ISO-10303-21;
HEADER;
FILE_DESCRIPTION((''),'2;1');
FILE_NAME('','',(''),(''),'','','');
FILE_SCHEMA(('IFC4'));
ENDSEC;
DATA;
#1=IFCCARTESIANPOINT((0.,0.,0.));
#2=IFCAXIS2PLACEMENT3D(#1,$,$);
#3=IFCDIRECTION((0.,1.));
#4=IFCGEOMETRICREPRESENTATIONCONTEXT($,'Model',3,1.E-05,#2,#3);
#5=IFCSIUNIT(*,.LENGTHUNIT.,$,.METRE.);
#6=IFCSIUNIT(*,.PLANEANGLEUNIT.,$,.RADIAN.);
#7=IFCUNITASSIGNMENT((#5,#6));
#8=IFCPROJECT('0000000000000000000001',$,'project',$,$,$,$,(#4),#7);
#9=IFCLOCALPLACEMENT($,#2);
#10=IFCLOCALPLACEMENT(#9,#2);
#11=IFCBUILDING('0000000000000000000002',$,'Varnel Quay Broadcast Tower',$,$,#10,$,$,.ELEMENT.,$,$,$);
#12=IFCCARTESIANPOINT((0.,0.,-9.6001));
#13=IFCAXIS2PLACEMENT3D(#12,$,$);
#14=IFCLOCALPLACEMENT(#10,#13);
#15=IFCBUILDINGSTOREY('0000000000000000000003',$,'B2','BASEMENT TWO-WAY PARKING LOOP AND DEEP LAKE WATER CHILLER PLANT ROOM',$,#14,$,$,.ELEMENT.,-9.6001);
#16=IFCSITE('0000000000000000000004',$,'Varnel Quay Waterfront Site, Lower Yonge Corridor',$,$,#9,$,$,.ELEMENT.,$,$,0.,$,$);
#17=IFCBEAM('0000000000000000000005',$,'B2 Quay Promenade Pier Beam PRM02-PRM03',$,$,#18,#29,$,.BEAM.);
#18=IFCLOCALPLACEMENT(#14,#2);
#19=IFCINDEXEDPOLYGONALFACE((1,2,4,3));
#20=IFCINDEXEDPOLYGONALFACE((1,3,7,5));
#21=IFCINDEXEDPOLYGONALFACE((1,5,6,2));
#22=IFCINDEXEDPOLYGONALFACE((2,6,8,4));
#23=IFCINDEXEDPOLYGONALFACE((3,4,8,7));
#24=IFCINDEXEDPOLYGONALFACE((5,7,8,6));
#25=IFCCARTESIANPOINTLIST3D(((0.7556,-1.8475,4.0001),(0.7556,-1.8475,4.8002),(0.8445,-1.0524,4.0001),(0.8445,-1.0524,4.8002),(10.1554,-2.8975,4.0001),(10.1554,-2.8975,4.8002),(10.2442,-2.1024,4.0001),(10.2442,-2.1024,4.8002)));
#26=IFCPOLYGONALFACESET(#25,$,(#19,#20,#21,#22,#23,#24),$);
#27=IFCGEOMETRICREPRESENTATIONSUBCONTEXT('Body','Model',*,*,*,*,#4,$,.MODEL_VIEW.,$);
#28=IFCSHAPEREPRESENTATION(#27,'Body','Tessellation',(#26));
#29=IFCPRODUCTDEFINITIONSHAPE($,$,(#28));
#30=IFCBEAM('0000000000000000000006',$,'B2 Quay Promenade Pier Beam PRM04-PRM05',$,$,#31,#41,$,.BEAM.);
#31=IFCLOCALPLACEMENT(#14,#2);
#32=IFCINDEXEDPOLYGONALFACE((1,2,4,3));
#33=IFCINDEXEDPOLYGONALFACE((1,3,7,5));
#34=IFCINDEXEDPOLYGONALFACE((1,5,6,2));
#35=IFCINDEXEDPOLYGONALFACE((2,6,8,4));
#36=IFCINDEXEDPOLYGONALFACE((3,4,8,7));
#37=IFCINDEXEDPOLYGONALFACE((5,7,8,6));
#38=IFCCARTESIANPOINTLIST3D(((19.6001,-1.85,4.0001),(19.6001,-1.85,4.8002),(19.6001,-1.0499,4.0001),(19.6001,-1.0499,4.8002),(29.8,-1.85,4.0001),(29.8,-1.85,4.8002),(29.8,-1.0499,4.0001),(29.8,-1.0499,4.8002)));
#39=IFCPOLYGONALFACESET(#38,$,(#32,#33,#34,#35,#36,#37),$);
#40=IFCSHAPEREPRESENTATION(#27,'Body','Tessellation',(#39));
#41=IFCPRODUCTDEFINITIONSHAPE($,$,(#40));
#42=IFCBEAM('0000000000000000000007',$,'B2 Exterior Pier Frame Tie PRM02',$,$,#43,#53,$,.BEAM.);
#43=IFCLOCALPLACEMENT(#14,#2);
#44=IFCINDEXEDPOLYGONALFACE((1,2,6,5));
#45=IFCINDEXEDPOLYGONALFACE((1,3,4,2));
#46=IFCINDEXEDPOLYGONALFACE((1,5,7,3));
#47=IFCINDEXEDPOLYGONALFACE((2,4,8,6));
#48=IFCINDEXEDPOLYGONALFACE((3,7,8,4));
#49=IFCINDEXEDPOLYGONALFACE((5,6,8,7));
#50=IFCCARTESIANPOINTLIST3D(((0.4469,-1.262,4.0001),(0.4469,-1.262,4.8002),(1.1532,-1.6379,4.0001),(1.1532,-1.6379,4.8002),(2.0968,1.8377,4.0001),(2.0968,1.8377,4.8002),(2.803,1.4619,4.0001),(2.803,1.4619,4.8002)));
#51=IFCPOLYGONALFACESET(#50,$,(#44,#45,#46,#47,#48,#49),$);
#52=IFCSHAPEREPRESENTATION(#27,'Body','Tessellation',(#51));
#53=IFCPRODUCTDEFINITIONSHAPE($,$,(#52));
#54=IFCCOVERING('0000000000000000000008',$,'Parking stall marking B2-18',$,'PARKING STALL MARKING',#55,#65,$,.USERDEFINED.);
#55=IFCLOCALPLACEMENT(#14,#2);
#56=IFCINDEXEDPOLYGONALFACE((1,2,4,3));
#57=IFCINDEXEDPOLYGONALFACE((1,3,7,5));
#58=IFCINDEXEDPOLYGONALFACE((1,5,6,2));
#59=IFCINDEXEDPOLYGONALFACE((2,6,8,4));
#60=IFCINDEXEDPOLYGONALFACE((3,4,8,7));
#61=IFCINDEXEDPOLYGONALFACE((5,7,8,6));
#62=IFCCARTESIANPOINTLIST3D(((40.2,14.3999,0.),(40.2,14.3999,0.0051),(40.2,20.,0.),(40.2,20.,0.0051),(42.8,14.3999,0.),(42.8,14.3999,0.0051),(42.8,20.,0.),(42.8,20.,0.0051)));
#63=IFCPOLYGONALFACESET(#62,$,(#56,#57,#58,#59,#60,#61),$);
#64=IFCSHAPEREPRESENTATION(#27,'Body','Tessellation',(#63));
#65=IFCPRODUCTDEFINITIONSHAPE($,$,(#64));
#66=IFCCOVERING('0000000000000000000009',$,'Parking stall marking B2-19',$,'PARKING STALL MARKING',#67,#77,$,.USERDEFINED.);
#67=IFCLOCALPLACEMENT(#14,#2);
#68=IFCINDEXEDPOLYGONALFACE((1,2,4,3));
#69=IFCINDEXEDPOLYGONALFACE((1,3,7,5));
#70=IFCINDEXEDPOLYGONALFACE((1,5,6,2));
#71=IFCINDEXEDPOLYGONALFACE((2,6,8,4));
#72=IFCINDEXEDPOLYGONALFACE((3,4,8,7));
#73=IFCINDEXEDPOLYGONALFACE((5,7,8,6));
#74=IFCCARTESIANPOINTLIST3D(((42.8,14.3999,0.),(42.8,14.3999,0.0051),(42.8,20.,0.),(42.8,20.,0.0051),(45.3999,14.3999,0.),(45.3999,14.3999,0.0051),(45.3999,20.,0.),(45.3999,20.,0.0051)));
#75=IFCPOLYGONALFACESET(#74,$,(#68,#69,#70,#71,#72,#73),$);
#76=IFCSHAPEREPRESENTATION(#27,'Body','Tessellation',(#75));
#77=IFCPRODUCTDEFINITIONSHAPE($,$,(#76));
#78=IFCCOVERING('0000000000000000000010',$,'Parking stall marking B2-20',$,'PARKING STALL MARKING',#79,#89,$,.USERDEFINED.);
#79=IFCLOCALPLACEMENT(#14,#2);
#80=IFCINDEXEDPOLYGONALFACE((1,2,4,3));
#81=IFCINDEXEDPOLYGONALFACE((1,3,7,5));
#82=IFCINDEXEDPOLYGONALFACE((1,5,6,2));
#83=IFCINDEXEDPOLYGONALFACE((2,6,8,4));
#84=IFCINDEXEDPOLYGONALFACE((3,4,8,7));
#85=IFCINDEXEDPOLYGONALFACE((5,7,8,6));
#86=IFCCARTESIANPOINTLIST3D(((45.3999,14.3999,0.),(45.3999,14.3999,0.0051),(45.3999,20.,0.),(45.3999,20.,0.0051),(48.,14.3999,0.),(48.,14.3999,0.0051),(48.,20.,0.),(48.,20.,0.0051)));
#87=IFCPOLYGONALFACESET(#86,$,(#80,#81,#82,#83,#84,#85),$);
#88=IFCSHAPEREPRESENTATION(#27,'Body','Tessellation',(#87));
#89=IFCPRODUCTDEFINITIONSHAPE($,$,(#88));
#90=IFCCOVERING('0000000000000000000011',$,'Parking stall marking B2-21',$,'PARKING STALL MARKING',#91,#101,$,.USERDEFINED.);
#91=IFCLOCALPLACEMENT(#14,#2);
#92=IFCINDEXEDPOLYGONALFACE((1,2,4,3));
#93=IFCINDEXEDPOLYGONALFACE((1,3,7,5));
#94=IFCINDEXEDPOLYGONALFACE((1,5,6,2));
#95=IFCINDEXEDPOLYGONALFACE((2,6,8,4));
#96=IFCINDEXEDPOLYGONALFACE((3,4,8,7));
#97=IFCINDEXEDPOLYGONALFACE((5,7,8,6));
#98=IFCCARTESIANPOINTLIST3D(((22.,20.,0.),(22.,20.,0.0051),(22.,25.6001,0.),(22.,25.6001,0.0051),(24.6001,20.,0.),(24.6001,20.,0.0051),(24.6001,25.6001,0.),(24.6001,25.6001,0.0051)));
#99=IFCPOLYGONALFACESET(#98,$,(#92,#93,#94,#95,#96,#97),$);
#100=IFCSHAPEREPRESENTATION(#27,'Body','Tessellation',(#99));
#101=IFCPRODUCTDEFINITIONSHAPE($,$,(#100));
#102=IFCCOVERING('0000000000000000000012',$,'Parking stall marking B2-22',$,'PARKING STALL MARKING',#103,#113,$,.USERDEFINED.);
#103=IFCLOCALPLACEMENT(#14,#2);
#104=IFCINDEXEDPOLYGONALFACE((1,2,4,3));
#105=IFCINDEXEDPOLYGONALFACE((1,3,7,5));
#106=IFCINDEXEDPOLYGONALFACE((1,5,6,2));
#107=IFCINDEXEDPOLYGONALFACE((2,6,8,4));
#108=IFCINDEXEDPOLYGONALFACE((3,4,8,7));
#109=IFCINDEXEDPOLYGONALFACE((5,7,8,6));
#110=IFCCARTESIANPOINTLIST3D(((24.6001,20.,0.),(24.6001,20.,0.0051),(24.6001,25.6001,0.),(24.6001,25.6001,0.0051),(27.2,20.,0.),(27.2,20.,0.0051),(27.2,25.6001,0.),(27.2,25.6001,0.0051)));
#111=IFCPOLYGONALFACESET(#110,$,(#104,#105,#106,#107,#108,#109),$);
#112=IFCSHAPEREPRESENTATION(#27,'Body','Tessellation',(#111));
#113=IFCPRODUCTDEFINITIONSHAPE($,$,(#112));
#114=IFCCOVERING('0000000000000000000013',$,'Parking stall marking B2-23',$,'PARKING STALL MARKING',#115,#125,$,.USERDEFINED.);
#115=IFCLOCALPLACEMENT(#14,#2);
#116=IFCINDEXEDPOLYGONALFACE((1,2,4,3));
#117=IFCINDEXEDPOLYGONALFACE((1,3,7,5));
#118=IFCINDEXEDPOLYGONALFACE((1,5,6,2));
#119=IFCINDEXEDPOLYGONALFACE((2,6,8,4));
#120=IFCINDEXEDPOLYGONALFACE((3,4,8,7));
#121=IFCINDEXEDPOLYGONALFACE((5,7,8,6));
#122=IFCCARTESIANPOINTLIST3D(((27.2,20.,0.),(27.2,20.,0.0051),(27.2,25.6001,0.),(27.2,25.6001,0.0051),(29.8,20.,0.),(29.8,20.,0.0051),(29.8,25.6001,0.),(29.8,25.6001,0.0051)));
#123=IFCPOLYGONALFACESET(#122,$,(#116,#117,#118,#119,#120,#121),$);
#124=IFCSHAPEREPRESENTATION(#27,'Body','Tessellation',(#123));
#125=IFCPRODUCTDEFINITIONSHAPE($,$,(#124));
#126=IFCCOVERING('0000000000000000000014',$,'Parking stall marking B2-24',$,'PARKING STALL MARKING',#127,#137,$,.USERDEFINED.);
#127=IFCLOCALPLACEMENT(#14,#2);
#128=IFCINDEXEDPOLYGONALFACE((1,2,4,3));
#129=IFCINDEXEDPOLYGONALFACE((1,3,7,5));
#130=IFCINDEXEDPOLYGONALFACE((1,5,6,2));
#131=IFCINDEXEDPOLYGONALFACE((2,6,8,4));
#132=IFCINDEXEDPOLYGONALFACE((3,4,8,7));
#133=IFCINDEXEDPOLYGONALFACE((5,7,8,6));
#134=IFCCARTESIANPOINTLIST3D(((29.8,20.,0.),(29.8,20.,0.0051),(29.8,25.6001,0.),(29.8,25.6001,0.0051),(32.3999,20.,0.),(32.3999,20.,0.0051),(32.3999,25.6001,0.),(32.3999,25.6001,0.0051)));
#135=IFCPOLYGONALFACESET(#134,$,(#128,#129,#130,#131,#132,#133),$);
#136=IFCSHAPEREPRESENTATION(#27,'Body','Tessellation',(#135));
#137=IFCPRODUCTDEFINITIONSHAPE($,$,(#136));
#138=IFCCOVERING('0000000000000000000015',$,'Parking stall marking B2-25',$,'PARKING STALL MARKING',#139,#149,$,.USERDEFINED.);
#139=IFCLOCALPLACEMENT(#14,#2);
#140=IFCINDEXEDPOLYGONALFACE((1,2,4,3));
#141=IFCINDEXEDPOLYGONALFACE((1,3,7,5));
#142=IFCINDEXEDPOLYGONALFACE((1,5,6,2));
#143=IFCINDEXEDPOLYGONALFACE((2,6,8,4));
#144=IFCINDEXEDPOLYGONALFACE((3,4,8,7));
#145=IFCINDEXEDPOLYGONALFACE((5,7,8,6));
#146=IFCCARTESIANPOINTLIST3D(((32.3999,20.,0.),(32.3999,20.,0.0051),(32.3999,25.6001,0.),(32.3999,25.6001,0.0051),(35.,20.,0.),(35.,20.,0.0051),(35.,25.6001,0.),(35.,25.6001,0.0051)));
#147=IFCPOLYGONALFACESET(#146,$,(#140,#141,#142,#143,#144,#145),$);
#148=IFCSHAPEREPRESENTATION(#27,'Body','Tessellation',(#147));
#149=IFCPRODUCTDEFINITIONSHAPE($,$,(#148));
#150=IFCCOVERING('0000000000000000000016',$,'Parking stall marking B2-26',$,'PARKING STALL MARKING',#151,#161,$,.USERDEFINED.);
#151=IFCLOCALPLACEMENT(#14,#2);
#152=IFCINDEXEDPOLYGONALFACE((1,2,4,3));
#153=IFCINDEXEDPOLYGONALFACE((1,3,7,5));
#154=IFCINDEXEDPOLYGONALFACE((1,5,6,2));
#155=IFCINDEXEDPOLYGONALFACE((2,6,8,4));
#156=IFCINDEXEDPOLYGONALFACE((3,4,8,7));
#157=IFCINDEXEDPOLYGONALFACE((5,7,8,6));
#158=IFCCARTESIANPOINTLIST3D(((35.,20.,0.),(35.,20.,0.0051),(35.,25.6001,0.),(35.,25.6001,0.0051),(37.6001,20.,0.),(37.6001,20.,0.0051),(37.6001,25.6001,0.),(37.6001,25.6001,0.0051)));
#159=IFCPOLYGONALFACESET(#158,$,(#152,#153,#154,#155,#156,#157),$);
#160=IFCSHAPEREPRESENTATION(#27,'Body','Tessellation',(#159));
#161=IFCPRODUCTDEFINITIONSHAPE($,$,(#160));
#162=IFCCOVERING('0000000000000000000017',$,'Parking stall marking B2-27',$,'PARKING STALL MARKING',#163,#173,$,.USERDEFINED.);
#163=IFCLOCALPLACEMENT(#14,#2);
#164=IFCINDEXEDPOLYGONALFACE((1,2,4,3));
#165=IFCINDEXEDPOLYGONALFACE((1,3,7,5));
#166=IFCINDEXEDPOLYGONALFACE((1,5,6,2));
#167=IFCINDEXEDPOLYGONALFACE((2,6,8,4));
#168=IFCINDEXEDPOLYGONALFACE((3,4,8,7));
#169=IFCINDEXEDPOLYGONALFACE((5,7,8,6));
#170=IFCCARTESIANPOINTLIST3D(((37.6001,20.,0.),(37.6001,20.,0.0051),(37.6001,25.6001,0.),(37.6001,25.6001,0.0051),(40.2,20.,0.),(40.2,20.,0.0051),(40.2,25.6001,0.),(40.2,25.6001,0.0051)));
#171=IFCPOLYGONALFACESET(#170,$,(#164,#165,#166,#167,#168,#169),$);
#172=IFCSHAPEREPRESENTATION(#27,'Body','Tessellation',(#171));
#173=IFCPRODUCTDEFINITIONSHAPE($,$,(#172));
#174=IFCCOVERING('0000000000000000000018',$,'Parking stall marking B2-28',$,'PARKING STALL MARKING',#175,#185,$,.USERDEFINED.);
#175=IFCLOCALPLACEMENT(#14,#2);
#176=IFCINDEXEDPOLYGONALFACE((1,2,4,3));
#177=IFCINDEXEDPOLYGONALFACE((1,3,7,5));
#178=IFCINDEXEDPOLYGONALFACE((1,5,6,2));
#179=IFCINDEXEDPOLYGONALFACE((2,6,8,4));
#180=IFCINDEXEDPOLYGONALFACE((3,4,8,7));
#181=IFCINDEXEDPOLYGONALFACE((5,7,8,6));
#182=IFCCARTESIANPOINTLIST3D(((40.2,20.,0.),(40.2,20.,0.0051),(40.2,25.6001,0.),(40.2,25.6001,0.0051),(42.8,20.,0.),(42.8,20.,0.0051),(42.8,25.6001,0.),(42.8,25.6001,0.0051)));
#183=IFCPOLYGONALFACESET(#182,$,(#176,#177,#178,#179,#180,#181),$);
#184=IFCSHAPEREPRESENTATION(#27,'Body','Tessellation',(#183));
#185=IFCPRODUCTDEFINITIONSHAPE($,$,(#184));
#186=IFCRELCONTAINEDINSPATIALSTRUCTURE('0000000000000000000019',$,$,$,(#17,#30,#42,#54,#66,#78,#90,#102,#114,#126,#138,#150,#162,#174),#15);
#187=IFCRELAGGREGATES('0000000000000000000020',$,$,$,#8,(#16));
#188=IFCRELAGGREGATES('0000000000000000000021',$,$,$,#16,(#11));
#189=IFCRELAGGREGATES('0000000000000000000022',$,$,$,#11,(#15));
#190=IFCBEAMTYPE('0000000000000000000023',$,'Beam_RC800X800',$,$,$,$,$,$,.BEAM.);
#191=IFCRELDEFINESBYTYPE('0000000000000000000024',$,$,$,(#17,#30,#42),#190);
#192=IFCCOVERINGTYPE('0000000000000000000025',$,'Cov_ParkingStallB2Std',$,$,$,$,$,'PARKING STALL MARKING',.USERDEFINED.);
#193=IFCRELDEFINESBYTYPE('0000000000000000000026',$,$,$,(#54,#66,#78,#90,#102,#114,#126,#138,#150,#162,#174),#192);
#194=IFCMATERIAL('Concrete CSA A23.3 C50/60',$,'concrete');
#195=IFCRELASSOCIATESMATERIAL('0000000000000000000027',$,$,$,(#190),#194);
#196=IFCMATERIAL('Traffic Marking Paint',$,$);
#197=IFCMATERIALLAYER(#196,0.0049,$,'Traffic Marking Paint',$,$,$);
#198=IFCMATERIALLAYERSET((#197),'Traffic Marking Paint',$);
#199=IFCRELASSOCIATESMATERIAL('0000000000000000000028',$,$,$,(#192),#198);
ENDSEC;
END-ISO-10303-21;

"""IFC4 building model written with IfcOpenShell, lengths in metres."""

from ifc_helpers import new_model, si_unit, direction, frame, origin, origin_2d, place, context, subcontext, project, spatial, polyline, rectangle, outline, extrude, source, transform, mapped, material, layer, layer_set, material_profile, profile_set, type_object, element, save


model = new_model("IFC4")

# Units and contexts
model_context = context("Model", 3, precision=1e-05, world=origin(), true_north=direction((0.0, 1.0)))
body_context = subcontext(model_context, "Body", "Model", "MODEL_VIEW")
ifc_project = project(units=[si_unit("LENGTHUNIT", "METRE"), si_unit("PLANEANGLEUNIT", "RADIAN")], contexts=[model_context])

# Site, building, storey
site_placement = place(None, origin())
site = spatial("IfcSite", under=ifc_project, at=site_placement, Name="Varnel Quay Waterfront Site, Lower Yonge Corridor", CompositionType="ELEMENT", RefElevation=0.0)
building_placement = place(site_placement, origin())
building = spatial("IfcBuilding", under=site, at=building_placement, Name="Varnel Quay Broadcast Tower", CompositionType="ELEMENT")
storey_placement = place(building_placement, frame((0.0, 0.0, -9.6001)))
storey = spatial("IfcBuildingStorey", under=building, at=storey_placement, Name="B2", Description="BASEMENT TWO-WAY PARKING LOOP AND DEEP LAKE WATER CHILLER PLANT ROOM", CompositionType="ELEMENT", Elevation=-9.6001)

# Shared definitions
ifc_material_1 = material(Name="Concrete CSA A23.3 C50/60", Category="concrete")

# Beams
ifc_material_profile_1 = material_profile(ifc_material_1, rectangle(XDim=0.8, YDim=0.8, at=origin_2d()), Name="RC800X800")
ifc_profile_set_1 = profile_set([ifc_material_profile_1], Name="Concrete CSA A23.3 C50/60")
beam_type = type_object("IfcBeamType", Name="Beam_RC800X800", PredefinedType="BEAM", material=ifc_profile_set_1)
shared_shape_1 = source(origin(), body_context, "Body", "SweptSolid", [
    extrude(rectangle(XDim=0.8, YDim=0.8, at=origin_2d()), origin(), (0.0, 0.0, 1.0), 9.4583),
])
beam_1_placement = place(storey_placement, frame((0.8, -1.45, 4.4001), z_axis=(0.993818, -0.111018, 0.0), x_axis=(0.111018, 0.993818, 0.0)))
element("IfcBeam", 1, at=beam_1_placement, inside=storey, type_object=beam_type, Name="B2 Quay Promenade Pier Beam PRM02-PRM03", PredefinedType="BEAM", context=body_context, shape_type="MappedRepresentation", body=[
    mapped(shared_shape_1, transform((0.0, 0.0, 0.0), x_axis=(1.0, 0.0, 0.0), y_axis=(0.0, 1.0, 0.0), z_axis=(0.0, 0.0, 1.0), scale=1.0)),
])
shared_shape_2 = source(origin(), body_context, "Body", "SweptSolid", [
    extrude(rectangle(XDim=0.8, YDim=0.8, at=origin_2d()), origin(), (0.0, 0.0, 1.0), 10.2),
])
beam_2_placement = place(storey_placement, frame((19.6001, -1.45, 4.4001), z_axis=(1.0, 0.0, 0.0), x_axis=(0.0, 1.0, 0.0)))
element("IfcBeam", 2, at=beam_2_placement, inside=storey, type_object=beam_type, Name="B2 Quay Promenade Pier Beam PRM04-PRM05", PredefinedType="BEAM", context=body_context, shape_type="MappedRepresentation", body=[
    mapped(shared_shape_2, transform((0.0, 0.0, 0.0), x_axis=(1.0, 0.0, 0.0), y_axis=(0.0, 1.0, 0.0), z_axis=(0.0, 0.0, 1.0), scale=1.0)),
])
shared_shape_3 = source(origin(), body_context, "Body", "SweptSolid", [
    extrude(rectangle(XDim=0.8, YDim=0.8, at=origin_2d()), origin(), (0.0, 0.0, 1.0), 3.5115),
])
beam_3_placement = place(storey_placement, frame((0.8, -1.45, 4.4001), z_axis=(0.469845, 0.882749, 0.0), x_axis=(-0.882749, 0.469845, 0.0)))
element("IfcBeam", 3, at=beam_3_placement, inside=storey, type_object=beam_type, Name="B2 Exterior Pier Frame Tie PRM02", PredefinedType="BEAM", context=body_context, shape_type="MappedRepresentation", body=[
    mapped(shared_shape_3, transform((0.0, 0.0, 0.0), x_axis=(1.0, 0.0, 0.0), y_axis=(0.0, 1.0, 0.0), z_axis=(0.0, 0.0, 1.0), scale=1.0)),
])

# Coverings
ifc_material_2 = material(Name="Traffic Marking Paint")
ifc_layer = layer(ifc_material_2, 0.0049, Name="Traffic Marking Paint")
ifc_layer_set = layer_set([ifc_layer], Name="Traffic Marking Paint")
covering_type = type_object("IfcCoveringType", Name="Cov_ParkingStallB2Std", ElementType="PARKING STALL MARKING", PredefinedType="USERDEFINED", material=ifc_layer_set)
covering_1_placement = place(storey_placement, origin())
element("IfcCovering", 4, at=covering_1_placement, inside=storey, type_object=covering_type, Name="Parking stall marking B2-18", ObjectType="PARKING STALL MARKING", PredefinedType="USERDEFINED", context=body_context, shape_type="SweptSolid", body=[
    extrude(outline(polyline([(40.2, 14.3999), (42.8, 14.3999), (42.8, 20.0), (40.2, 20.0), (40.2, 14.3999)])), origin(), (0.0, 0.0, 1.0), 0.0051),
])
covering_2_placement = place(storey_placement, origin())
element("IfcCovering", 5, at=covering_2_placement, inside=storey, type_object=covering_type, Name="Parking stall marking B2-19", ObjectType="PARKING STALL MARKING", PredefinedType="USERDEFINED", context=body_context, shape_type="SweptSolid", body=[
    extrude(outline(polyline([(42.8, 14.3999), (45.3999, 14.3999), (45.3999, 20.0), (42.8, 20.0), (42.8, 14.3999)])), origin(), (0.0, 0.0, 1.0), 0.0051),
])
covering_3_placement = place(storey_placement, origin())
element("IfcCovering", 6, at=covering_3_placement, inside=storey, type_object=covering_type, Name="Parking stall marking B2-20", ObjectType="PARKING STALL MARKING", PredefinedType="USERDEFINED", context=body_context, shape_type="SweptSolid", body=[
    extrude(outline(polyline([(45.3999, 14.3999), (48.0, 14.3999), (48.0, 20.0), (45.3999, 20.0), (45.3999, 14.3999)])), origin(), (0.0, 0.0, 1.0), 0.0051),
])
covering_4_placement = place(storey_placement, origin())
element("IfcCovering", 7, at=covering_4_placement, inside=storey, type_object=covering_type, Name="Parking stall marking B2-21", ObjectType="PARKING STALL MARKING", PredefinedType="USERDEFINED", context=body_context, shape_type="SweptSolid", body=[
    extrude(outline(polyline([(22.0, 20.0), (24.6001, 20.0), (24.6001, 25.6001), (22.0, 25.6001), (22.0, 20.0)])), origin(), (0.0, 0.0, 1.0), 0.0051),
])
covering_5_placement = place(storey_placement, origin())
element("IfcCovering", 8, at=covering_5_placement, inside=storey, type_object=covering_type, Name="Parking stall marking B2-22", ObjectType="PARKING STALL MARKING", PredefinedType="USERDEFINED", context=body_context, shape_type="SweptSolid", body=[
    extrude(outline(polyline([(24.6001, 20.0), (27.2, 20.0), (27.2, 25.6001), (24.6001, 25.6001), (24.6001, 20.0)])), origin(), (0.0, 0.0, 1.0), 0.0051),
])
covering_6_placement = place(storey_placement, origin())
element("IfcCovering", 9, at=covering_6_placement, inside=storey, type_object=covering_type, Name="Parking stall marking B2-23", ObjectType="PARKING STALL MARKING", PredefinedType="USERDEFINED", context=body_context, shape_type="SweptSolid", body=[
    extrude(outline(polyline([(27.2, 20.0), (29.8, 20.0), (29.8, 25.6001), (27.2, 25.6001), (27.2, 20.0)])), origin(), (0.0, 0.0, 1.0), 0.0051),
])
covering_7_placement = place(storey_placement, origin())
element("IfcCovering", 10, at=covering_7_placement, inside=storey, type_object=covering_type, Name="Parking stall marking B2-24", ObjectType="PARKING STALL MARKING", PredefinedType="USERDEFINED", context=body_context, shape_type="SweptSolid", body=[
    extrude(outline(polyline([(29.8, 20.0), (32.3999, 20.0), (32.3999, 25.6001), (29.8, 25.6001), (29.8, 20.0)])), origin(), (0.0, 0.0, 1.0), 0.0051),
])
covering_8_placement = place(storey_placement, origin())
element("IfcCovering", 11, at=covering_8_placement, inside=storey, type_object=covering_type, Name="Parking stall marking B2-25", ObjectType="PARKING STALL MARKING", PredefinedType="USERDEFINED", context=body_context, shape_type="SweptSolid", body=[
    extrude(outline(polyline([(32.3999, 20.0), (35.0, 20.0), (35.0, 25.6001), (32.3999, 25.6001), (32.3999, 20.0)])), origin(), (0.0, 0.0, 1.0), 0.0051),
])
covering_9_placement = place(storey_placement, origin())
element("IfcCovering", 12, at=covering_9_placement, inside=storey, type_object=covering_type, Name="Parking stall marking B2-26", ObjectType="PARKING STALL MARKING", PredefinedType="USERDEFINED", context=body_context, shape_type="SweptSolid", body=[
    extrude(outline(polyline([(35.0, 20.0), (37.6001, 20.0), (37.6001, 25.6001), (35.0, 25.6001), (35.0, 20.0)])), origin(), (0.0, 0.0, 1.0), 0.0051),
])
covering_10_placement = place(storey_placement, origin())
element("IfcCovering", 13, at=covering_10_placement, inside=storey, type_object=covering_type, Name="Parking stall marking B2-27", ObjectType="PARKING STALL MARKING", PredefinedType="USERDEFINED", context=body_context, shape_type="SweptSolid", body=[
    extrude(outline(polyline([(37.6001, 20.0), (40.2, 20.0), (40.2, 25.6001), (37.6001, 25.6001), (37.6001, 20.0)])), origin(), (0.0, 0.0, 1.0), 0.0051),
])
covering_11_placement = place(storey_placement, origin())
element("IfcCovering", 14, at=covering_11_placement, inside=storey, type_object=covering_type, Name="Parking stall marking B2-28", ObjectType="PARKING STALL MARKING", PredefinedType="USERDEFINED", context=body_context, shape_type="SweptSolid", body=[
    extrude(outline(polyline([(40.2, 20.0), (42.8, 20.0), (42.8, 25.6001), (40.2, 25.6001), (40.2, 20.0)])), origin(), (0.0, 0.0, 1.0), 0.0051),
])

save(model, "model.ifc")
